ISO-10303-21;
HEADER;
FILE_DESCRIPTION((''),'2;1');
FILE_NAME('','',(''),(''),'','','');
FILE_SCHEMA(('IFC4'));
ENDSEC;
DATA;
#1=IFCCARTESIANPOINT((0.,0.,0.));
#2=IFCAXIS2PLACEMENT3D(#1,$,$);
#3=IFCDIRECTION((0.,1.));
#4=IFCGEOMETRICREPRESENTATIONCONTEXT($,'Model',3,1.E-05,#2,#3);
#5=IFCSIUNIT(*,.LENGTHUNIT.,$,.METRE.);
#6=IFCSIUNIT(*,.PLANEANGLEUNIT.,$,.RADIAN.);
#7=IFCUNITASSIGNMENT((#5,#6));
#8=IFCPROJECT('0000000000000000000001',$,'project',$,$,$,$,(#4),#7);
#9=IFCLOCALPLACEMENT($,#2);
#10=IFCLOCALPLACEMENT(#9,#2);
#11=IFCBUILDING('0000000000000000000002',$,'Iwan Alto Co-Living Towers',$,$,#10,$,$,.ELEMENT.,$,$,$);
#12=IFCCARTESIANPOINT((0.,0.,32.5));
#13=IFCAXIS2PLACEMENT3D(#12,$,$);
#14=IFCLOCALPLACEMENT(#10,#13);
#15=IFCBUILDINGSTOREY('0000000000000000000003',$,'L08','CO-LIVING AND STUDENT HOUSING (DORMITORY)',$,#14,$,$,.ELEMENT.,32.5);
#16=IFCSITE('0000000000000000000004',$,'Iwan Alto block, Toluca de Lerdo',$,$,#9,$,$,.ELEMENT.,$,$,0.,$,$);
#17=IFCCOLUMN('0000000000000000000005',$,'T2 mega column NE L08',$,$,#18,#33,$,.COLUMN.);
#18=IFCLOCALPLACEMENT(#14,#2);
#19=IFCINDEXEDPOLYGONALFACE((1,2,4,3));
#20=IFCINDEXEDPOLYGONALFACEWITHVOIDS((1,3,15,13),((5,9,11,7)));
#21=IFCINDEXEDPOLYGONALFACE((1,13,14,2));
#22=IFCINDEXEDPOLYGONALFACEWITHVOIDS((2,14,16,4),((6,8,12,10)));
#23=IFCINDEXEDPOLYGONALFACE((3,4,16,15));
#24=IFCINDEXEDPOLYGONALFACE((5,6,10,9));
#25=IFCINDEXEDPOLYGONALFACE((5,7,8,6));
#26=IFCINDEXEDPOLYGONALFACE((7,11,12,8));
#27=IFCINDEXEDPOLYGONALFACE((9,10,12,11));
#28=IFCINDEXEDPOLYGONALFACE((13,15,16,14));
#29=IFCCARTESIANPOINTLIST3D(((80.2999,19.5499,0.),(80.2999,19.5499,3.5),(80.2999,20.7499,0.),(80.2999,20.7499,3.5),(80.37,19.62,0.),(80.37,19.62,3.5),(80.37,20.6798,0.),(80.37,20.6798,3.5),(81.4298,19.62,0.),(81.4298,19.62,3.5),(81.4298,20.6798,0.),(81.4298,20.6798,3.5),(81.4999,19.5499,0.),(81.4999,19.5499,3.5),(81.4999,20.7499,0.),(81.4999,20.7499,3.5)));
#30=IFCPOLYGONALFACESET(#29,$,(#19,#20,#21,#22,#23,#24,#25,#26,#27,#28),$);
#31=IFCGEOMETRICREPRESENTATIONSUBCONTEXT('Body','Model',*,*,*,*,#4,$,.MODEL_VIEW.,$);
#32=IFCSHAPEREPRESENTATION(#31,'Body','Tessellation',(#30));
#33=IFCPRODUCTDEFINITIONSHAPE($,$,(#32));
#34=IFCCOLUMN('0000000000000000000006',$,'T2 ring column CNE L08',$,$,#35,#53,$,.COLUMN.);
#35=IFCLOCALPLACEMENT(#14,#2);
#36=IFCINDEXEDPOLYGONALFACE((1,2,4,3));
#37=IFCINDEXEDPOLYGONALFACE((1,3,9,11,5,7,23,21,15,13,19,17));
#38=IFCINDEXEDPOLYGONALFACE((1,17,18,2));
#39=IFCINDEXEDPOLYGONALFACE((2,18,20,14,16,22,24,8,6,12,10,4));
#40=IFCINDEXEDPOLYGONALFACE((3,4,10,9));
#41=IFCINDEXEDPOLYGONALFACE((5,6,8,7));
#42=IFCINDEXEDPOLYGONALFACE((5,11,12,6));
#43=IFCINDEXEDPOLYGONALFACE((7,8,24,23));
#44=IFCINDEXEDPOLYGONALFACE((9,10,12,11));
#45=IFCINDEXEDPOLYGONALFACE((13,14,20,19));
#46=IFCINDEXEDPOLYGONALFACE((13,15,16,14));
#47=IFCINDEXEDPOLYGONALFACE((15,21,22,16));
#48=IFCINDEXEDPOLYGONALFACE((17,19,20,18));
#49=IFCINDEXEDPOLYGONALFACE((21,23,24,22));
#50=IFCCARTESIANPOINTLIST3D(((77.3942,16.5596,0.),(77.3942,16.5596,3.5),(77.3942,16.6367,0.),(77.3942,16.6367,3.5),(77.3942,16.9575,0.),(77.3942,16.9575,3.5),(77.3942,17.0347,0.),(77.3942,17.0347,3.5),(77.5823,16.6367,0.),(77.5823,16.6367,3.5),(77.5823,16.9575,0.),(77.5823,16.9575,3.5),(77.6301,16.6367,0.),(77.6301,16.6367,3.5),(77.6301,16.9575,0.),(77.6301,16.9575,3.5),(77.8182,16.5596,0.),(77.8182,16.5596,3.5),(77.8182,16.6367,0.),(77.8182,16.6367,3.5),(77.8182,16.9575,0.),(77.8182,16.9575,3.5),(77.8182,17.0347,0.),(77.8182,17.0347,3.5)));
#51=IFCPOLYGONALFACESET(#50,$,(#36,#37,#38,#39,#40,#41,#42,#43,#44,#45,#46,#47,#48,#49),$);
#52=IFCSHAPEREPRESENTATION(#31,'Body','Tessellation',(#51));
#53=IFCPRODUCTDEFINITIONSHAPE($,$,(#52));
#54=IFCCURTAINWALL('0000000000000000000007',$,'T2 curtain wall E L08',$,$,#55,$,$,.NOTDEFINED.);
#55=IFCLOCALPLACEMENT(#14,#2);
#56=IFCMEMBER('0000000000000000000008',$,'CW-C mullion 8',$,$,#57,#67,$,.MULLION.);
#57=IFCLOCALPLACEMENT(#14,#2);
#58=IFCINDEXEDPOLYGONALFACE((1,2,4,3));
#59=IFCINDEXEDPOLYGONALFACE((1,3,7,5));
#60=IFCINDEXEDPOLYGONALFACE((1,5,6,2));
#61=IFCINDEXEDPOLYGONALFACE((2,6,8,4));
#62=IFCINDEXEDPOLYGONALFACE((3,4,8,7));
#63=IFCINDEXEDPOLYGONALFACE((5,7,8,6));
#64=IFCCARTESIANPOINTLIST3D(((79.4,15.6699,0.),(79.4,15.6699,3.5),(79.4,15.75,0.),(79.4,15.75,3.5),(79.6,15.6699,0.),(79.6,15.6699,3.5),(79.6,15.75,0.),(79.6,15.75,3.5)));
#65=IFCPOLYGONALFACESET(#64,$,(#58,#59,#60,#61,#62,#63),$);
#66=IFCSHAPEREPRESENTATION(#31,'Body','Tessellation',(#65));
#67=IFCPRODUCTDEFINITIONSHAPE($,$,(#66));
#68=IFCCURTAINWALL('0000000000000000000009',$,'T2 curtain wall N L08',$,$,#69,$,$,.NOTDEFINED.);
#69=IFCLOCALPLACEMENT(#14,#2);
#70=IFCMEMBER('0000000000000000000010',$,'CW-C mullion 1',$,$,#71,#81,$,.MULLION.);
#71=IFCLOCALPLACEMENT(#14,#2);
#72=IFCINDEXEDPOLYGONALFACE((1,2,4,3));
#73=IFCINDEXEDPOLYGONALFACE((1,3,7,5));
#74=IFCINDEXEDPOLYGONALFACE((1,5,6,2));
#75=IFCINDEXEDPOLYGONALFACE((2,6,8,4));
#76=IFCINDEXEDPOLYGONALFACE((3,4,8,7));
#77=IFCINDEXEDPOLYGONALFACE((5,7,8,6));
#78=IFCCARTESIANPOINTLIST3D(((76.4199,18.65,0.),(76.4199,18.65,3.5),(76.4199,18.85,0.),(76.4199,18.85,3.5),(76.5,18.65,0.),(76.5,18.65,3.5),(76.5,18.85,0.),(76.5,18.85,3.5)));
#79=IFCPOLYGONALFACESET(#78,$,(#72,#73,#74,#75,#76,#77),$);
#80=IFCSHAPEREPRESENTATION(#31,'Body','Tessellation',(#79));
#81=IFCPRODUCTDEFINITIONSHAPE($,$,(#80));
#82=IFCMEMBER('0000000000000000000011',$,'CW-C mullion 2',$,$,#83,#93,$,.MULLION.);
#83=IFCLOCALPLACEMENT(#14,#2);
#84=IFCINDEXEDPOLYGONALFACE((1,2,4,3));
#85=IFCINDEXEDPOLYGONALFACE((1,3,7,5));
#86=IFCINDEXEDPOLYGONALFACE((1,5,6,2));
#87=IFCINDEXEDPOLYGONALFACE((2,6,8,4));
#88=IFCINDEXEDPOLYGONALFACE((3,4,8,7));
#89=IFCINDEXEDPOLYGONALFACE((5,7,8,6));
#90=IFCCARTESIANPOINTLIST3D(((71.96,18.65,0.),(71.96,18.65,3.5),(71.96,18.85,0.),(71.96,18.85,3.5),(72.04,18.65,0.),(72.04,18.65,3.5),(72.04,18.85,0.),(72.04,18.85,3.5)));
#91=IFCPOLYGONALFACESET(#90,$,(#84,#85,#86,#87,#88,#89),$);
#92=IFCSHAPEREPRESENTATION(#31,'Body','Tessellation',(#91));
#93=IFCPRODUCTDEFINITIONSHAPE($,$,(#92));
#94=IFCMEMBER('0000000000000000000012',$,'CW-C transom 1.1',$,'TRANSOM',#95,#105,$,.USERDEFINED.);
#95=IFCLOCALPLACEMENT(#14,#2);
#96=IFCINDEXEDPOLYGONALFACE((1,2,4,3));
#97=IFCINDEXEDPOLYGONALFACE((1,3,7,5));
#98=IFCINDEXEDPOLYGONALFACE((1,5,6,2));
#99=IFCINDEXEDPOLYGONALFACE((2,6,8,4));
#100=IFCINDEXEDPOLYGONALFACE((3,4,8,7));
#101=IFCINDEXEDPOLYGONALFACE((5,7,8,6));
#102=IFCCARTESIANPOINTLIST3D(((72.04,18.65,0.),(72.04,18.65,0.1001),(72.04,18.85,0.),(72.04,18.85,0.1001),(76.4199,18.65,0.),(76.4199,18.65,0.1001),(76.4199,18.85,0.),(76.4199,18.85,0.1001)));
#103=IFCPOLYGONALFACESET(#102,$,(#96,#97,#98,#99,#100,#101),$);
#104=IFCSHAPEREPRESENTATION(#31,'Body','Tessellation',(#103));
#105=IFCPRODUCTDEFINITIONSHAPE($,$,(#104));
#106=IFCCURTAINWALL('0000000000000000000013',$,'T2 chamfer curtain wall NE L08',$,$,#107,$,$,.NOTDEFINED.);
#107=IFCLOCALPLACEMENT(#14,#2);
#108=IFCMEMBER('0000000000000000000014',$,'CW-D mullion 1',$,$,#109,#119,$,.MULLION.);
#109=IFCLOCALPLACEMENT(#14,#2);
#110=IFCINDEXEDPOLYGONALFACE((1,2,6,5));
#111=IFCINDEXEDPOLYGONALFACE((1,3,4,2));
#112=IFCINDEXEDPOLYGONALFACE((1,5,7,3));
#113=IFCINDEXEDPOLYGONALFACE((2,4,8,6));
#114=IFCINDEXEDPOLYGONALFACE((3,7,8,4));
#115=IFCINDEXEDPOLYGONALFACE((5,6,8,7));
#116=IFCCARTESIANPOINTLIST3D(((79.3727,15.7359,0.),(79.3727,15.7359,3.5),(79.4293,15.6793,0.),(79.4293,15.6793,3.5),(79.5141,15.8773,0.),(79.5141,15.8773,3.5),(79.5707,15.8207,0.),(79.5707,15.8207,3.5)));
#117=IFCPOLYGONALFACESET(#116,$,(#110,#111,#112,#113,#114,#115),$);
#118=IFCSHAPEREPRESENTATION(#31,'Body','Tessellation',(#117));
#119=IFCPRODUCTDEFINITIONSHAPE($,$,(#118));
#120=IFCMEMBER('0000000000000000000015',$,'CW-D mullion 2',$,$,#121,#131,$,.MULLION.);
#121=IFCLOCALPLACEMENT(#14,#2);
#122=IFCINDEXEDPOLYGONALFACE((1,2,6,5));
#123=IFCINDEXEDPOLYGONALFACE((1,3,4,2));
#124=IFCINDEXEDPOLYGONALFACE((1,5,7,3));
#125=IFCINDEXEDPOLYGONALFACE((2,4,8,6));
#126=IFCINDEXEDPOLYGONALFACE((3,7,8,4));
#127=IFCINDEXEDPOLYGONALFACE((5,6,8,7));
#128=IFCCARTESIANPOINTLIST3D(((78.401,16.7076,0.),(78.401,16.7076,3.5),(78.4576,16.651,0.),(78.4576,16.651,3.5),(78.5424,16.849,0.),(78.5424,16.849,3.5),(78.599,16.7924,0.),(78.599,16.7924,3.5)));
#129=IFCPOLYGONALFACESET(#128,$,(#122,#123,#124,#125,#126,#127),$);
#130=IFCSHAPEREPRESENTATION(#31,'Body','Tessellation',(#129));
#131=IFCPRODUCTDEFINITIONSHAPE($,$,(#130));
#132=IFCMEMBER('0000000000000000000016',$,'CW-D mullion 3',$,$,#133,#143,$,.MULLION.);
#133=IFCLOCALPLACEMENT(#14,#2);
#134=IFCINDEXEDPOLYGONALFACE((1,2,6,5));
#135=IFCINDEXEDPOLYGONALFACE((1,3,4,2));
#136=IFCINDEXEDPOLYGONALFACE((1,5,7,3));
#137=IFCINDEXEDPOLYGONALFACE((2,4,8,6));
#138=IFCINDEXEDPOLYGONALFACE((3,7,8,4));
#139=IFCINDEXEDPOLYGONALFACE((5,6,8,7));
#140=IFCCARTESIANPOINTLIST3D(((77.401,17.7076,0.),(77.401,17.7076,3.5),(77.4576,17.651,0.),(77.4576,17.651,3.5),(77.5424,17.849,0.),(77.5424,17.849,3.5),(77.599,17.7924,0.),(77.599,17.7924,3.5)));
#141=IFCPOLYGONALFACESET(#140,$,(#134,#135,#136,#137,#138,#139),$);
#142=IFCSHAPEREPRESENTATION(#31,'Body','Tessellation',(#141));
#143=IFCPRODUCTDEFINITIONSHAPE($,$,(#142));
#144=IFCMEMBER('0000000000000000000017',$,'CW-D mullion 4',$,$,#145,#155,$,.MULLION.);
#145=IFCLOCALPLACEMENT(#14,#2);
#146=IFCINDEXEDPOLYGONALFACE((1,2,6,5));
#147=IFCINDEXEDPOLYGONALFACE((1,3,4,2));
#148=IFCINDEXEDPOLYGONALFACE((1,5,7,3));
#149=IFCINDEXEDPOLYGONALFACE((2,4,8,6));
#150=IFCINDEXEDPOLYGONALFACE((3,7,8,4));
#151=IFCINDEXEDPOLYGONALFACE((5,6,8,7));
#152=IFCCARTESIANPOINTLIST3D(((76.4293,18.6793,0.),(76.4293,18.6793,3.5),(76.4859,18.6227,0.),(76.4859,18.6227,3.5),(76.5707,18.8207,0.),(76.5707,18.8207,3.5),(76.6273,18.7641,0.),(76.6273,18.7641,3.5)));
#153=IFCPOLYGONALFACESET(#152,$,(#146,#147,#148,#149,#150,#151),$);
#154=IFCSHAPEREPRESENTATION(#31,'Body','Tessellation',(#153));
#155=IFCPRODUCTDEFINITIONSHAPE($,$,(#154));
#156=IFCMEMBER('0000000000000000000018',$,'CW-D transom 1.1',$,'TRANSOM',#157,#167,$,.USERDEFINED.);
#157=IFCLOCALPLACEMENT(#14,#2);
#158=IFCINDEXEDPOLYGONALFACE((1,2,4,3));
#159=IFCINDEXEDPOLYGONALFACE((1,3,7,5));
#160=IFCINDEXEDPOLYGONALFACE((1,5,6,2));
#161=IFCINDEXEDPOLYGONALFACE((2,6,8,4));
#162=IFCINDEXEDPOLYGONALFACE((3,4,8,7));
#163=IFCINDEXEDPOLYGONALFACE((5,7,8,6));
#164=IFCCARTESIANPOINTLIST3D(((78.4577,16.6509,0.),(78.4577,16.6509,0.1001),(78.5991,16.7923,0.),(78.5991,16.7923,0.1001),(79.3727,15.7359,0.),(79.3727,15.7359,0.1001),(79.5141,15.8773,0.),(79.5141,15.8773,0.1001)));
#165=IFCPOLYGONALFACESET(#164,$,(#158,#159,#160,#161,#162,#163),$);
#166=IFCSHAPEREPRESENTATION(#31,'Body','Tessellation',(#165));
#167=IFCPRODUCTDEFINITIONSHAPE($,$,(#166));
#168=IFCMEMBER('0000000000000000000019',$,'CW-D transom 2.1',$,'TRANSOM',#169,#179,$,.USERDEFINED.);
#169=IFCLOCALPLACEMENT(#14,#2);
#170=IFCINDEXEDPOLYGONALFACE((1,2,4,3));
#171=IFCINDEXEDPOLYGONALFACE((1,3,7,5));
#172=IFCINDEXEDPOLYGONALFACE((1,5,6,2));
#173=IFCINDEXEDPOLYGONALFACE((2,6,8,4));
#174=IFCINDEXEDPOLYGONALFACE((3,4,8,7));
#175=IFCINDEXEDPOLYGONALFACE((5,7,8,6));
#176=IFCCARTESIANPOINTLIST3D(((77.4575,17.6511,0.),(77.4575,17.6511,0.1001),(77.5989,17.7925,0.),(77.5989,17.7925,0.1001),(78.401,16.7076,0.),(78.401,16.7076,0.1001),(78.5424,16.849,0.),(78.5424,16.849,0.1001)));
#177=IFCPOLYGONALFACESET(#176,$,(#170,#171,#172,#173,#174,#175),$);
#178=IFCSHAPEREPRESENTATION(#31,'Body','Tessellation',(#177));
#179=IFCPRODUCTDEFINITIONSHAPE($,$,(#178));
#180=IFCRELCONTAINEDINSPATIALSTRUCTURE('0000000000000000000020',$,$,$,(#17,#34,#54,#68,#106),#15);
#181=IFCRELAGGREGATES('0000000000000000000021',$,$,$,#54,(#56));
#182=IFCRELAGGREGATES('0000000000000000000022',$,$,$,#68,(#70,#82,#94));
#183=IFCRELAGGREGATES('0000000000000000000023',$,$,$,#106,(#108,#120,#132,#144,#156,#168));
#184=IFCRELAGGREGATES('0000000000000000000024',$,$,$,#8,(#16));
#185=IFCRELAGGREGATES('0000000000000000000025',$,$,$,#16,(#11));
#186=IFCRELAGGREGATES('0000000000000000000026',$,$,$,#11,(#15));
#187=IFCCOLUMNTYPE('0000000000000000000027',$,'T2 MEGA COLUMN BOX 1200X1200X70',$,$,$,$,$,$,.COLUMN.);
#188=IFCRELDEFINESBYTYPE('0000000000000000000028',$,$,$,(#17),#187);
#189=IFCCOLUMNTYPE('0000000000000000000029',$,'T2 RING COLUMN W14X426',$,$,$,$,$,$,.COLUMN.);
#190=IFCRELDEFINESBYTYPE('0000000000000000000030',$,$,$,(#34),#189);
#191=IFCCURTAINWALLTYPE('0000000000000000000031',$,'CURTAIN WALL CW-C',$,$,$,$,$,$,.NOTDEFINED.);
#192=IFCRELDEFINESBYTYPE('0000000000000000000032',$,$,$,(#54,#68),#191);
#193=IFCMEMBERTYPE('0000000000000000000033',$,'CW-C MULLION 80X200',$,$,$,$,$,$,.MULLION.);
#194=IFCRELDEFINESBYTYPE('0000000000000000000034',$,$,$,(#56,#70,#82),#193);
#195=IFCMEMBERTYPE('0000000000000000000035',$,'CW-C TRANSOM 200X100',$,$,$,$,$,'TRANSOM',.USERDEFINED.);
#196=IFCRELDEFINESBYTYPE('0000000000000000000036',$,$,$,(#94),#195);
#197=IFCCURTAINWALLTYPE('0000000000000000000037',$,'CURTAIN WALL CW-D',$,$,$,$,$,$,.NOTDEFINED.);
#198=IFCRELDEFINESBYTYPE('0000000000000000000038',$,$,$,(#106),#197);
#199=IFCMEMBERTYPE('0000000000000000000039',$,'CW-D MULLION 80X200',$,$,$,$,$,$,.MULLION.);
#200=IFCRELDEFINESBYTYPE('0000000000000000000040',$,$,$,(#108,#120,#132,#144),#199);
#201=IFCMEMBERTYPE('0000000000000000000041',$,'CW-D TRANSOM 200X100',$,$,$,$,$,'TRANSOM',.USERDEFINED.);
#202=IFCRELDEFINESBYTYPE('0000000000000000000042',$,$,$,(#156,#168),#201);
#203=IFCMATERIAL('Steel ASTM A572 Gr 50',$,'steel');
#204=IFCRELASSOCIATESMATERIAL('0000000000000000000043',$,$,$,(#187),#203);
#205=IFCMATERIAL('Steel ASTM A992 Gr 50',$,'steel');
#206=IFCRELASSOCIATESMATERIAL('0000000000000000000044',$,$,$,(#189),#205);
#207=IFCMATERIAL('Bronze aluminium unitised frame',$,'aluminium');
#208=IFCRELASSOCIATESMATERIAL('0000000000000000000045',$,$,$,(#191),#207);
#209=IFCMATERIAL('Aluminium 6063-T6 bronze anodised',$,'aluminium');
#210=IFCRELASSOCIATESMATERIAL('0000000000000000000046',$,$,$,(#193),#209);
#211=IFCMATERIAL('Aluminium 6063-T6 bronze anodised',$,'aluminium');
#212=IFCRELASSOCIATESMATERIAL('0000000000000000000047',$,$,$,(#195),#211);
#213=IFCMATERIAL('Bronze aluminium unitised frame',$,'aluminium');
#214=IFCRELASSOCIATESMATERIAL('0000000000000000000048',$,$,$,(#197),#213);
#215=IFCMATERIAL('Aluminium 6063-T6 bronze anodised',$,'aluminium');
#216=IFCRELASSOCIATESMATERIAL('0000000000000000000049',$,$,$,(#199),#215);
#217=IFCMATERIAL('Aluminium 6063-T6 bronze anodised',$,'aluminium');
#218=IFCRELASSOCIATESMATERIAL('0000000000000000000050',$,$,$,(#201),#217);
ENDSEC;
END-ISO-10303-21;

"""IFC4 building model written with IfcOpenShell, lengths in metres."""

from ifc_helpers import new_model, si_unit, direction, frame, origin, origin_2d, place, context, subcontext, project, spatial, rectangle, hollow_rectangle, i_section, extrude, material, material_profile, profile_set, type_object, element, aggregate, save


model = new_model("IFC4")

# Units and contexts
model_context = context("Model", 3, precision=1e-05, world=origin(), true_north=direction((0.0, 1.0)))
body_context = subcontext(model_context, "Body", "Model", "MODEL_VIEW")
ifc_project = project(units=[si_unit("LENGTHUNIT", "METRE"), si_unit("PLANEANGLEUNIT", "RADIAN")], contexts=[model_context])

# Site, building, storey
site_placement = place(None, origin())
site = spatial("IfcSite", under=ifc_project, at=site_placement, Name="Iwan Alto block, Toluca de Lerdo", CompositionType="ELEMENT", RefElevation=0.0)
building_placement = place(site_placement, origin())
building = spatial("IfcBuilding", under=site, at=building_placement, Name="Iwan Alto Co-Living Towers", CompositionType="ELEMENT")
storey_placement = place(building_placement, frame((0.0, 0.0, 32.5)))
storey = spatial("IfcBuildingStorey", under=building, at=storey_placement, Name="L08", Description="CO-LIVING AND STUDENT HOUSING (DORMITORY)", CompositionType="ELEMENT", Elevation=32.5)

# Columns
ifc_material_1 = material(Name="Steel ASTM A572 Gr 50", Category="steel")
ifc_material_profile_1 = material_profile(ifc_material_1, hollow_rectangle(XDim=1.2, YDim=1.2, WallThickness=0.0701, at=origin_2d()), Name="BOX 1200X1200X70")
ifc_profile_set_1 = profile_set([ifc_material_profile_1], Name="Steel ASTM A572 Gr 50")
column_type_1 = type_object("IfcColumnType", Name="T2 MEGA COLUMN BOX 1200X1200X70", PredefinedType="COLUMN", material=ifc_profile_set_1)
column_1_placement = place(storey_placement, frame((80.8999, 20.1499, 0.0), z_axis=(0.0, 0.0, 1.0), x_axis=(1.0, 0.0, 0.0)))
element("IfcColumn", 1, at=column_1_placement, inside=storey, type_object=column_type_1, Name="T2 mega column NE L08", PredefinedType="COLUMN", context=body_context, shape_type="SweptSolid", body=[
    extrude(hollow_rectangle(XDim=1.2, YDim=1.2, WallThickness=0.0701, at=origin_2d()), origin(), (0.0, 0.0, 1.0), 3.5),
])
ifc_material_2 = material(Name="Steel ASTM A992 Gr 50", Category="steel")
ifc_material_profile_2 = material_profile(ifc_material_2, i_section(OverallWidth=0.4241, OverallDepth=0.4751, WebThickness=0.0479, FlangeThickness=0.0771, at=origin_2d()), Name="W14X426")
ifc_profile_set_2 = profile_set([ifc_material_profile_2], Name="Steel ASTM A992 Gr 50")
column_type_2 = type_object("IfcColumnType", Name="T2 RING COLUMN W14X426", PredefinedType="COLUMN", material=ifc_profile_set_2)
column_2_placement = place(storey_placement, frame((77.6062, 16.7971, 0.0), z_axis=(0.0, 0.0, 1.0), x_axis=(1.0, 0.0, 0.0)))
element("IfcColumn", 2, at=column_2_placement, inside=storey, type_object=column_type_2, Name="T2 ring column CNE L08", PredefinedType="COLUMN", context=body_context, shape_type="SweptSolid", body=[
    extrude(i_section(OverallWidth=0.4241, OverallDepth=0.4751, WebThickness=0.0479, FlangeThickness=0.0771, at=origin_2d()), origin(), (0.0, 0.0, 1.0), 3.5),
])

# Curtain wall, member
ifc_material_3 = material(Name="Bronze aluminium unitised frame", Category="aluminium")
curtain_wall_type_1 = type_object("IfcCurtainWallType", Name="CURTAIN WALL CW-C", PredefinedType="NOTDEFINED", material=ifc_material_3)
curtain_wall_1_placement = place(storey_placement, origin())
curtain_wall_1 = element("IfcCurtainWall", 3, at=curtain_wall_1_placement, inside=storey, type_object=curtain_wall_type_1, Name="T2 curtain wall E L08", PredefinedType="NOTDEFINED")
ifc_material_4 = material(Name="Aluminium 6063-T6 bronze anodised", Category="aluminium")
ifc_material_profile_3 = material_profile(ifc_material_4, rectangle(XDim=0.2, YDim=0.0801, at=origin_2d()), Name="AL 80X200")
ifc_profile_set_3 = profile_set([ifc_material_profile_3], Name="Aluminium 6063-T6 bronze anodised")
member_type_1 = type_object("IfcMemberType", Name="CW-C MULLION 80X200", PredefinedType="MULLION", material=ifc_profile_set_3)
member_1_placement = place(storey_placement, frame((79.5, 15.71, 0.0), z_axis=(0.0, 0.0, 1.0), x_axis=(-1.0, 0.0, 0.0)))
member_1 = element("IfcMember", 4, at=member_1_placement, type_object=member_type_1, Name="CW-C mullion 8", PredefinedType="MULLION", context=body_context, shape_type="SweptSolid", body=[
    extrude(rectangle(XDim=0.2, YDim=0.0801, at=origin_2d()), origin(), (0.0, 0.0, 1.0), 3.5),
])

# Curtain walls, members
curtain_wall_2_placement = place(storey_placement, origin())
curtain_wall_2 = element("IfcCurtainWall", 5, at=curtain_wall_2_placement, inside=storey, type_object=curtain_wall_type_1, Name="T2 curtain wall N L08", PredefinedType="NOTDEFINED")
member_2_placement = place(storey_placement, frame((76.46, 18.75, 0.0), z_axis=(0.0, 0.0, 1.0), x_axis=(0.0, -1.0, 0.0)))
member_2 = element("IfcMember", 6, at=member_2_placement, type_object=member_type_1, Name="CW-C mullion 1", PredefinedType="MULLION", context=body_context, shape_type="SweptSolid", body=[
    extrude(rectangle(XDim=0.2, YDim=0.0801, at=origin_2d()), origin(), (0.0, 0.0, 1.0), 3.5),
])
member_3_placement = place(storey_placement, frame((72.0, 18.75, 0.0), z_axis=(0.0, 0.0, 1.0), x_axis=(0.0, -1.0, 0.0)))
member_3 = element("IfcMember", 7, at=member_3_placement, type_object=member_type_1, Name="CW-C mullion 2", PredefinedType="MULLION", context=body_context, shape_type="SweptSolid", body=[
    extrude(rectangle(XDim=0.2, YDim=0.0801, at=origin_2d()), origin(), (0.0, 0.0, 1.0), 3.5),
])
ifc_material_5 = material(Name="Aluminium 6063-T6 bronze anodised", Category="aluminium")
ifc_material_profile_4 = material_profile(ifc_material_5, rectangle(XDim=0.2, YDim=0.1001, at=origin_2d()), Name="AL 200X100")
ifc_profile_set_4 = profile_set([ifc_material_profile_4], Name="Aluminium 6063-T6 bronze anodised")
member_type_2 = type_object("IfcMemberType", Name="CW-C TRANSOM 200X100", ElementType="TRANSOM", PredefinedType="USERDEFINED", material=ifc_profile_set_4)
member_4_placement = place(storey_placement, frame((76.4199, 18.75, 0.05), z_axis=(-1.0, 0.0, 0.0), x_axis=(0.0, -1.0, 0.0)))
member_4 = element("IfcMember", 8, at=member_4_placement, type_object=member_type_2, Name="CW-C transom 1.1", ObjectType="TRANSOM", PredefinedType="USERDEFINED", context=body_context, shape_type="SweptSolid", body=[
    extrude(rectangle(XDim=0.2, YDim=0.1001, at=origin_2d()), origin(), (0.0, 0.0, 1.0), 4.3799),
])
ifc_material_6 = material(Name="Bronze aluminium unitised frame", Category="aluminium")
curtain_wall_type_2 = type_object("IfcCurtainWallType", Name="CURTAIN WALL CW-D", PredefinedType="NOTDEFINED", material=ifc_material_6)
curtain_wall_3_placement = place(storey_placement, origin())
curtain_wall_3 = element("IfcCurtainWall", 9, at=curtain_wall_3_placement, inside=storey, type_object=curtain_wall_type_2, Name="T2 chamfer curtain wall NE L08", PredefinedType="NOTDEFINED")
ifc_material_7 = material(Name="Aluminium 6063-T6 bronze anodised", Category="aluminium")
ifc_material_profile_5 = material_profile(ifc_material_7, rectangle(XDim=0.2, YDim=0.0801, at=origin_2d()), Name="AL 80X200")
ifc_profile_set_5 = profile_set([ifc_material_profile_5], Name="Aluminium 6063-T6 bronze anodised")
member_type_3 = type_object("IfcMemberType", Name="CW-D MULLION 80X200", PredefinedType="MULLION", material=ifc_profile_set_5)
member_5_placement = place(storey_placement, frame((79.4717, 15.7783, 0.0), z_axis=(0.0, 0.0, 1.0), x_axis=(-0.707107, -0.707107, 0.0)))
member_5 = element("IfcMember", 10, at=member_5_placement, type_object=member_type_3, Name="CW-D mullion 1", PredefinedType="MULLION", context=body_context, shape_type="SweptSolid", body=[
    extrude(rectangle(XDim=0.2, YDim=0.0801, at=origin_2d()), origin(), (0.0, 0.0, 1.0), 3.5),
])
member_6_placement = place(storey_placement, frame((78.5, 16.75, 0.0), z_axis=(0.0, 0.0, 1.0), x_axis=(-0.707107, -0.707107, 0.0)))
member_6 = element("IfcMember", 11, at=member_6_placement, type_object=member_type_3, Name="CW-D mullion 2", PredefinedType="MULLION", context=body_context, shape_type="SweptSolid", body=[
    extrude(rectangle(XDim=0.2, YDim=0.0801, at=origin_2d()), origin(), (0.0, 0.0, 1.0), 3.5),
])
member_7_placement = place(storey_placement, frame((77.5, 17.75, 0.0), z_axis=(0.0, 0.0, 1.0), x_axis=(-0.707107, -0.707107, 0.0)))
member_7 = element("IfcMember", 12, at=member_7_placement, type_object=member_type_3, Name="CW-D mullion 3", PredefinedType="MULLION", context=body_context, shape_type="SweptSolid", body=[
    extrude(rectangle(XDim=0.2, YDim=0.0801, at=origin_2d()), origin(), (0.0, 0.0, 1.0), 3.5),
])
member_8_placement = place(storey_placement, frame((76.5283, 18.7217, 0.0), z_axis=(0.0, 0.0, 1.0), x_axis=(-0.707107, -0.707107, 0.0)))
member_8 = element("IfcMember", 13, at=member_8_placement, type_object=member_type_3, Name="CW-D mullion 4", PredefinedType="MULLION", context=body_context, shape_type="SweptSolid", body=[
    extrude(rectangle(XDim=0.2, YDim=0.0801, at=origin_2d()), origin(), (0.0, 0.0, 1.0), 3.5),
])
ifc_material_8 = material(Name="Aluminium 6063-T6 bronze anodised", Category="aluminium")
ifc_material_profile_6 = material_profile(ifc_material_8, rectangle(XDim=0.2, YDim=0.1001, at=origin_2d()), Name="AL 200X100")
ifc_profile_set_6 = profile_set([ifc_material_profile_6], Name="Aluminium 6063-T6 bronze anodised")
member_type_4 = type_object("IfcMemberType", Name="CW-D TRANSOM 200X100", ElementType="TRANSOM", PredefinedType="USERDEFINED", material=ifc_profile_set_6)
member_9_placement = place(storey_placement, frame((79.4434, 15.8066, 0.05), z_axis=(-0.707107, 0.707107, 0.0), x_axis=(-0.707107, -0.707107, 0.0)))
member_9 = element("IfcMember", 14, at=member_9_placement, type_object=member_type_4, Name="CW-D transom 1.1", ObjectType="TRANSOM", PredefinedType="USERDEFINED", context=body_context, shape_type="SweptSolid", body=[
    extrude(rectangle(XDim=0.2, YDim=0.1001, at=origin_2d()), origin(), (0.0, 0.0, 1.0), 1.2939),
])
member_10_placement = place(storey_placement, frame((78.4717, 16.7783, 0.05), z_axis=(-0.707107, 0.707107, 0.0), x_axis=(-0.707107, -0.707107, 0.0)))
member_10 = element("IfcMember", 15, at=member_10_placement, type_object=member_type_4, Name="CW-D transom 2.1", ObjectType="TRANSOM", PredefinedType="USERDEFINED", context=body_context, shape_type="SweptSolid", body=[
    extrude(rectangle(XDim=0.2, YDim=0.1001, at=origin_2d()), origin(), (0.0, 0.0, 1.0), 1.3342),
])

aggregate(curtain_wall_1, [member_1])
aggregate(curtain_wall_2, [member_2, member_3, member_4])
aggregate(curtain_wall_3, [member_5, member_6, member_7, member_8, member_9, member_10])

save(model, "model.ifc")
